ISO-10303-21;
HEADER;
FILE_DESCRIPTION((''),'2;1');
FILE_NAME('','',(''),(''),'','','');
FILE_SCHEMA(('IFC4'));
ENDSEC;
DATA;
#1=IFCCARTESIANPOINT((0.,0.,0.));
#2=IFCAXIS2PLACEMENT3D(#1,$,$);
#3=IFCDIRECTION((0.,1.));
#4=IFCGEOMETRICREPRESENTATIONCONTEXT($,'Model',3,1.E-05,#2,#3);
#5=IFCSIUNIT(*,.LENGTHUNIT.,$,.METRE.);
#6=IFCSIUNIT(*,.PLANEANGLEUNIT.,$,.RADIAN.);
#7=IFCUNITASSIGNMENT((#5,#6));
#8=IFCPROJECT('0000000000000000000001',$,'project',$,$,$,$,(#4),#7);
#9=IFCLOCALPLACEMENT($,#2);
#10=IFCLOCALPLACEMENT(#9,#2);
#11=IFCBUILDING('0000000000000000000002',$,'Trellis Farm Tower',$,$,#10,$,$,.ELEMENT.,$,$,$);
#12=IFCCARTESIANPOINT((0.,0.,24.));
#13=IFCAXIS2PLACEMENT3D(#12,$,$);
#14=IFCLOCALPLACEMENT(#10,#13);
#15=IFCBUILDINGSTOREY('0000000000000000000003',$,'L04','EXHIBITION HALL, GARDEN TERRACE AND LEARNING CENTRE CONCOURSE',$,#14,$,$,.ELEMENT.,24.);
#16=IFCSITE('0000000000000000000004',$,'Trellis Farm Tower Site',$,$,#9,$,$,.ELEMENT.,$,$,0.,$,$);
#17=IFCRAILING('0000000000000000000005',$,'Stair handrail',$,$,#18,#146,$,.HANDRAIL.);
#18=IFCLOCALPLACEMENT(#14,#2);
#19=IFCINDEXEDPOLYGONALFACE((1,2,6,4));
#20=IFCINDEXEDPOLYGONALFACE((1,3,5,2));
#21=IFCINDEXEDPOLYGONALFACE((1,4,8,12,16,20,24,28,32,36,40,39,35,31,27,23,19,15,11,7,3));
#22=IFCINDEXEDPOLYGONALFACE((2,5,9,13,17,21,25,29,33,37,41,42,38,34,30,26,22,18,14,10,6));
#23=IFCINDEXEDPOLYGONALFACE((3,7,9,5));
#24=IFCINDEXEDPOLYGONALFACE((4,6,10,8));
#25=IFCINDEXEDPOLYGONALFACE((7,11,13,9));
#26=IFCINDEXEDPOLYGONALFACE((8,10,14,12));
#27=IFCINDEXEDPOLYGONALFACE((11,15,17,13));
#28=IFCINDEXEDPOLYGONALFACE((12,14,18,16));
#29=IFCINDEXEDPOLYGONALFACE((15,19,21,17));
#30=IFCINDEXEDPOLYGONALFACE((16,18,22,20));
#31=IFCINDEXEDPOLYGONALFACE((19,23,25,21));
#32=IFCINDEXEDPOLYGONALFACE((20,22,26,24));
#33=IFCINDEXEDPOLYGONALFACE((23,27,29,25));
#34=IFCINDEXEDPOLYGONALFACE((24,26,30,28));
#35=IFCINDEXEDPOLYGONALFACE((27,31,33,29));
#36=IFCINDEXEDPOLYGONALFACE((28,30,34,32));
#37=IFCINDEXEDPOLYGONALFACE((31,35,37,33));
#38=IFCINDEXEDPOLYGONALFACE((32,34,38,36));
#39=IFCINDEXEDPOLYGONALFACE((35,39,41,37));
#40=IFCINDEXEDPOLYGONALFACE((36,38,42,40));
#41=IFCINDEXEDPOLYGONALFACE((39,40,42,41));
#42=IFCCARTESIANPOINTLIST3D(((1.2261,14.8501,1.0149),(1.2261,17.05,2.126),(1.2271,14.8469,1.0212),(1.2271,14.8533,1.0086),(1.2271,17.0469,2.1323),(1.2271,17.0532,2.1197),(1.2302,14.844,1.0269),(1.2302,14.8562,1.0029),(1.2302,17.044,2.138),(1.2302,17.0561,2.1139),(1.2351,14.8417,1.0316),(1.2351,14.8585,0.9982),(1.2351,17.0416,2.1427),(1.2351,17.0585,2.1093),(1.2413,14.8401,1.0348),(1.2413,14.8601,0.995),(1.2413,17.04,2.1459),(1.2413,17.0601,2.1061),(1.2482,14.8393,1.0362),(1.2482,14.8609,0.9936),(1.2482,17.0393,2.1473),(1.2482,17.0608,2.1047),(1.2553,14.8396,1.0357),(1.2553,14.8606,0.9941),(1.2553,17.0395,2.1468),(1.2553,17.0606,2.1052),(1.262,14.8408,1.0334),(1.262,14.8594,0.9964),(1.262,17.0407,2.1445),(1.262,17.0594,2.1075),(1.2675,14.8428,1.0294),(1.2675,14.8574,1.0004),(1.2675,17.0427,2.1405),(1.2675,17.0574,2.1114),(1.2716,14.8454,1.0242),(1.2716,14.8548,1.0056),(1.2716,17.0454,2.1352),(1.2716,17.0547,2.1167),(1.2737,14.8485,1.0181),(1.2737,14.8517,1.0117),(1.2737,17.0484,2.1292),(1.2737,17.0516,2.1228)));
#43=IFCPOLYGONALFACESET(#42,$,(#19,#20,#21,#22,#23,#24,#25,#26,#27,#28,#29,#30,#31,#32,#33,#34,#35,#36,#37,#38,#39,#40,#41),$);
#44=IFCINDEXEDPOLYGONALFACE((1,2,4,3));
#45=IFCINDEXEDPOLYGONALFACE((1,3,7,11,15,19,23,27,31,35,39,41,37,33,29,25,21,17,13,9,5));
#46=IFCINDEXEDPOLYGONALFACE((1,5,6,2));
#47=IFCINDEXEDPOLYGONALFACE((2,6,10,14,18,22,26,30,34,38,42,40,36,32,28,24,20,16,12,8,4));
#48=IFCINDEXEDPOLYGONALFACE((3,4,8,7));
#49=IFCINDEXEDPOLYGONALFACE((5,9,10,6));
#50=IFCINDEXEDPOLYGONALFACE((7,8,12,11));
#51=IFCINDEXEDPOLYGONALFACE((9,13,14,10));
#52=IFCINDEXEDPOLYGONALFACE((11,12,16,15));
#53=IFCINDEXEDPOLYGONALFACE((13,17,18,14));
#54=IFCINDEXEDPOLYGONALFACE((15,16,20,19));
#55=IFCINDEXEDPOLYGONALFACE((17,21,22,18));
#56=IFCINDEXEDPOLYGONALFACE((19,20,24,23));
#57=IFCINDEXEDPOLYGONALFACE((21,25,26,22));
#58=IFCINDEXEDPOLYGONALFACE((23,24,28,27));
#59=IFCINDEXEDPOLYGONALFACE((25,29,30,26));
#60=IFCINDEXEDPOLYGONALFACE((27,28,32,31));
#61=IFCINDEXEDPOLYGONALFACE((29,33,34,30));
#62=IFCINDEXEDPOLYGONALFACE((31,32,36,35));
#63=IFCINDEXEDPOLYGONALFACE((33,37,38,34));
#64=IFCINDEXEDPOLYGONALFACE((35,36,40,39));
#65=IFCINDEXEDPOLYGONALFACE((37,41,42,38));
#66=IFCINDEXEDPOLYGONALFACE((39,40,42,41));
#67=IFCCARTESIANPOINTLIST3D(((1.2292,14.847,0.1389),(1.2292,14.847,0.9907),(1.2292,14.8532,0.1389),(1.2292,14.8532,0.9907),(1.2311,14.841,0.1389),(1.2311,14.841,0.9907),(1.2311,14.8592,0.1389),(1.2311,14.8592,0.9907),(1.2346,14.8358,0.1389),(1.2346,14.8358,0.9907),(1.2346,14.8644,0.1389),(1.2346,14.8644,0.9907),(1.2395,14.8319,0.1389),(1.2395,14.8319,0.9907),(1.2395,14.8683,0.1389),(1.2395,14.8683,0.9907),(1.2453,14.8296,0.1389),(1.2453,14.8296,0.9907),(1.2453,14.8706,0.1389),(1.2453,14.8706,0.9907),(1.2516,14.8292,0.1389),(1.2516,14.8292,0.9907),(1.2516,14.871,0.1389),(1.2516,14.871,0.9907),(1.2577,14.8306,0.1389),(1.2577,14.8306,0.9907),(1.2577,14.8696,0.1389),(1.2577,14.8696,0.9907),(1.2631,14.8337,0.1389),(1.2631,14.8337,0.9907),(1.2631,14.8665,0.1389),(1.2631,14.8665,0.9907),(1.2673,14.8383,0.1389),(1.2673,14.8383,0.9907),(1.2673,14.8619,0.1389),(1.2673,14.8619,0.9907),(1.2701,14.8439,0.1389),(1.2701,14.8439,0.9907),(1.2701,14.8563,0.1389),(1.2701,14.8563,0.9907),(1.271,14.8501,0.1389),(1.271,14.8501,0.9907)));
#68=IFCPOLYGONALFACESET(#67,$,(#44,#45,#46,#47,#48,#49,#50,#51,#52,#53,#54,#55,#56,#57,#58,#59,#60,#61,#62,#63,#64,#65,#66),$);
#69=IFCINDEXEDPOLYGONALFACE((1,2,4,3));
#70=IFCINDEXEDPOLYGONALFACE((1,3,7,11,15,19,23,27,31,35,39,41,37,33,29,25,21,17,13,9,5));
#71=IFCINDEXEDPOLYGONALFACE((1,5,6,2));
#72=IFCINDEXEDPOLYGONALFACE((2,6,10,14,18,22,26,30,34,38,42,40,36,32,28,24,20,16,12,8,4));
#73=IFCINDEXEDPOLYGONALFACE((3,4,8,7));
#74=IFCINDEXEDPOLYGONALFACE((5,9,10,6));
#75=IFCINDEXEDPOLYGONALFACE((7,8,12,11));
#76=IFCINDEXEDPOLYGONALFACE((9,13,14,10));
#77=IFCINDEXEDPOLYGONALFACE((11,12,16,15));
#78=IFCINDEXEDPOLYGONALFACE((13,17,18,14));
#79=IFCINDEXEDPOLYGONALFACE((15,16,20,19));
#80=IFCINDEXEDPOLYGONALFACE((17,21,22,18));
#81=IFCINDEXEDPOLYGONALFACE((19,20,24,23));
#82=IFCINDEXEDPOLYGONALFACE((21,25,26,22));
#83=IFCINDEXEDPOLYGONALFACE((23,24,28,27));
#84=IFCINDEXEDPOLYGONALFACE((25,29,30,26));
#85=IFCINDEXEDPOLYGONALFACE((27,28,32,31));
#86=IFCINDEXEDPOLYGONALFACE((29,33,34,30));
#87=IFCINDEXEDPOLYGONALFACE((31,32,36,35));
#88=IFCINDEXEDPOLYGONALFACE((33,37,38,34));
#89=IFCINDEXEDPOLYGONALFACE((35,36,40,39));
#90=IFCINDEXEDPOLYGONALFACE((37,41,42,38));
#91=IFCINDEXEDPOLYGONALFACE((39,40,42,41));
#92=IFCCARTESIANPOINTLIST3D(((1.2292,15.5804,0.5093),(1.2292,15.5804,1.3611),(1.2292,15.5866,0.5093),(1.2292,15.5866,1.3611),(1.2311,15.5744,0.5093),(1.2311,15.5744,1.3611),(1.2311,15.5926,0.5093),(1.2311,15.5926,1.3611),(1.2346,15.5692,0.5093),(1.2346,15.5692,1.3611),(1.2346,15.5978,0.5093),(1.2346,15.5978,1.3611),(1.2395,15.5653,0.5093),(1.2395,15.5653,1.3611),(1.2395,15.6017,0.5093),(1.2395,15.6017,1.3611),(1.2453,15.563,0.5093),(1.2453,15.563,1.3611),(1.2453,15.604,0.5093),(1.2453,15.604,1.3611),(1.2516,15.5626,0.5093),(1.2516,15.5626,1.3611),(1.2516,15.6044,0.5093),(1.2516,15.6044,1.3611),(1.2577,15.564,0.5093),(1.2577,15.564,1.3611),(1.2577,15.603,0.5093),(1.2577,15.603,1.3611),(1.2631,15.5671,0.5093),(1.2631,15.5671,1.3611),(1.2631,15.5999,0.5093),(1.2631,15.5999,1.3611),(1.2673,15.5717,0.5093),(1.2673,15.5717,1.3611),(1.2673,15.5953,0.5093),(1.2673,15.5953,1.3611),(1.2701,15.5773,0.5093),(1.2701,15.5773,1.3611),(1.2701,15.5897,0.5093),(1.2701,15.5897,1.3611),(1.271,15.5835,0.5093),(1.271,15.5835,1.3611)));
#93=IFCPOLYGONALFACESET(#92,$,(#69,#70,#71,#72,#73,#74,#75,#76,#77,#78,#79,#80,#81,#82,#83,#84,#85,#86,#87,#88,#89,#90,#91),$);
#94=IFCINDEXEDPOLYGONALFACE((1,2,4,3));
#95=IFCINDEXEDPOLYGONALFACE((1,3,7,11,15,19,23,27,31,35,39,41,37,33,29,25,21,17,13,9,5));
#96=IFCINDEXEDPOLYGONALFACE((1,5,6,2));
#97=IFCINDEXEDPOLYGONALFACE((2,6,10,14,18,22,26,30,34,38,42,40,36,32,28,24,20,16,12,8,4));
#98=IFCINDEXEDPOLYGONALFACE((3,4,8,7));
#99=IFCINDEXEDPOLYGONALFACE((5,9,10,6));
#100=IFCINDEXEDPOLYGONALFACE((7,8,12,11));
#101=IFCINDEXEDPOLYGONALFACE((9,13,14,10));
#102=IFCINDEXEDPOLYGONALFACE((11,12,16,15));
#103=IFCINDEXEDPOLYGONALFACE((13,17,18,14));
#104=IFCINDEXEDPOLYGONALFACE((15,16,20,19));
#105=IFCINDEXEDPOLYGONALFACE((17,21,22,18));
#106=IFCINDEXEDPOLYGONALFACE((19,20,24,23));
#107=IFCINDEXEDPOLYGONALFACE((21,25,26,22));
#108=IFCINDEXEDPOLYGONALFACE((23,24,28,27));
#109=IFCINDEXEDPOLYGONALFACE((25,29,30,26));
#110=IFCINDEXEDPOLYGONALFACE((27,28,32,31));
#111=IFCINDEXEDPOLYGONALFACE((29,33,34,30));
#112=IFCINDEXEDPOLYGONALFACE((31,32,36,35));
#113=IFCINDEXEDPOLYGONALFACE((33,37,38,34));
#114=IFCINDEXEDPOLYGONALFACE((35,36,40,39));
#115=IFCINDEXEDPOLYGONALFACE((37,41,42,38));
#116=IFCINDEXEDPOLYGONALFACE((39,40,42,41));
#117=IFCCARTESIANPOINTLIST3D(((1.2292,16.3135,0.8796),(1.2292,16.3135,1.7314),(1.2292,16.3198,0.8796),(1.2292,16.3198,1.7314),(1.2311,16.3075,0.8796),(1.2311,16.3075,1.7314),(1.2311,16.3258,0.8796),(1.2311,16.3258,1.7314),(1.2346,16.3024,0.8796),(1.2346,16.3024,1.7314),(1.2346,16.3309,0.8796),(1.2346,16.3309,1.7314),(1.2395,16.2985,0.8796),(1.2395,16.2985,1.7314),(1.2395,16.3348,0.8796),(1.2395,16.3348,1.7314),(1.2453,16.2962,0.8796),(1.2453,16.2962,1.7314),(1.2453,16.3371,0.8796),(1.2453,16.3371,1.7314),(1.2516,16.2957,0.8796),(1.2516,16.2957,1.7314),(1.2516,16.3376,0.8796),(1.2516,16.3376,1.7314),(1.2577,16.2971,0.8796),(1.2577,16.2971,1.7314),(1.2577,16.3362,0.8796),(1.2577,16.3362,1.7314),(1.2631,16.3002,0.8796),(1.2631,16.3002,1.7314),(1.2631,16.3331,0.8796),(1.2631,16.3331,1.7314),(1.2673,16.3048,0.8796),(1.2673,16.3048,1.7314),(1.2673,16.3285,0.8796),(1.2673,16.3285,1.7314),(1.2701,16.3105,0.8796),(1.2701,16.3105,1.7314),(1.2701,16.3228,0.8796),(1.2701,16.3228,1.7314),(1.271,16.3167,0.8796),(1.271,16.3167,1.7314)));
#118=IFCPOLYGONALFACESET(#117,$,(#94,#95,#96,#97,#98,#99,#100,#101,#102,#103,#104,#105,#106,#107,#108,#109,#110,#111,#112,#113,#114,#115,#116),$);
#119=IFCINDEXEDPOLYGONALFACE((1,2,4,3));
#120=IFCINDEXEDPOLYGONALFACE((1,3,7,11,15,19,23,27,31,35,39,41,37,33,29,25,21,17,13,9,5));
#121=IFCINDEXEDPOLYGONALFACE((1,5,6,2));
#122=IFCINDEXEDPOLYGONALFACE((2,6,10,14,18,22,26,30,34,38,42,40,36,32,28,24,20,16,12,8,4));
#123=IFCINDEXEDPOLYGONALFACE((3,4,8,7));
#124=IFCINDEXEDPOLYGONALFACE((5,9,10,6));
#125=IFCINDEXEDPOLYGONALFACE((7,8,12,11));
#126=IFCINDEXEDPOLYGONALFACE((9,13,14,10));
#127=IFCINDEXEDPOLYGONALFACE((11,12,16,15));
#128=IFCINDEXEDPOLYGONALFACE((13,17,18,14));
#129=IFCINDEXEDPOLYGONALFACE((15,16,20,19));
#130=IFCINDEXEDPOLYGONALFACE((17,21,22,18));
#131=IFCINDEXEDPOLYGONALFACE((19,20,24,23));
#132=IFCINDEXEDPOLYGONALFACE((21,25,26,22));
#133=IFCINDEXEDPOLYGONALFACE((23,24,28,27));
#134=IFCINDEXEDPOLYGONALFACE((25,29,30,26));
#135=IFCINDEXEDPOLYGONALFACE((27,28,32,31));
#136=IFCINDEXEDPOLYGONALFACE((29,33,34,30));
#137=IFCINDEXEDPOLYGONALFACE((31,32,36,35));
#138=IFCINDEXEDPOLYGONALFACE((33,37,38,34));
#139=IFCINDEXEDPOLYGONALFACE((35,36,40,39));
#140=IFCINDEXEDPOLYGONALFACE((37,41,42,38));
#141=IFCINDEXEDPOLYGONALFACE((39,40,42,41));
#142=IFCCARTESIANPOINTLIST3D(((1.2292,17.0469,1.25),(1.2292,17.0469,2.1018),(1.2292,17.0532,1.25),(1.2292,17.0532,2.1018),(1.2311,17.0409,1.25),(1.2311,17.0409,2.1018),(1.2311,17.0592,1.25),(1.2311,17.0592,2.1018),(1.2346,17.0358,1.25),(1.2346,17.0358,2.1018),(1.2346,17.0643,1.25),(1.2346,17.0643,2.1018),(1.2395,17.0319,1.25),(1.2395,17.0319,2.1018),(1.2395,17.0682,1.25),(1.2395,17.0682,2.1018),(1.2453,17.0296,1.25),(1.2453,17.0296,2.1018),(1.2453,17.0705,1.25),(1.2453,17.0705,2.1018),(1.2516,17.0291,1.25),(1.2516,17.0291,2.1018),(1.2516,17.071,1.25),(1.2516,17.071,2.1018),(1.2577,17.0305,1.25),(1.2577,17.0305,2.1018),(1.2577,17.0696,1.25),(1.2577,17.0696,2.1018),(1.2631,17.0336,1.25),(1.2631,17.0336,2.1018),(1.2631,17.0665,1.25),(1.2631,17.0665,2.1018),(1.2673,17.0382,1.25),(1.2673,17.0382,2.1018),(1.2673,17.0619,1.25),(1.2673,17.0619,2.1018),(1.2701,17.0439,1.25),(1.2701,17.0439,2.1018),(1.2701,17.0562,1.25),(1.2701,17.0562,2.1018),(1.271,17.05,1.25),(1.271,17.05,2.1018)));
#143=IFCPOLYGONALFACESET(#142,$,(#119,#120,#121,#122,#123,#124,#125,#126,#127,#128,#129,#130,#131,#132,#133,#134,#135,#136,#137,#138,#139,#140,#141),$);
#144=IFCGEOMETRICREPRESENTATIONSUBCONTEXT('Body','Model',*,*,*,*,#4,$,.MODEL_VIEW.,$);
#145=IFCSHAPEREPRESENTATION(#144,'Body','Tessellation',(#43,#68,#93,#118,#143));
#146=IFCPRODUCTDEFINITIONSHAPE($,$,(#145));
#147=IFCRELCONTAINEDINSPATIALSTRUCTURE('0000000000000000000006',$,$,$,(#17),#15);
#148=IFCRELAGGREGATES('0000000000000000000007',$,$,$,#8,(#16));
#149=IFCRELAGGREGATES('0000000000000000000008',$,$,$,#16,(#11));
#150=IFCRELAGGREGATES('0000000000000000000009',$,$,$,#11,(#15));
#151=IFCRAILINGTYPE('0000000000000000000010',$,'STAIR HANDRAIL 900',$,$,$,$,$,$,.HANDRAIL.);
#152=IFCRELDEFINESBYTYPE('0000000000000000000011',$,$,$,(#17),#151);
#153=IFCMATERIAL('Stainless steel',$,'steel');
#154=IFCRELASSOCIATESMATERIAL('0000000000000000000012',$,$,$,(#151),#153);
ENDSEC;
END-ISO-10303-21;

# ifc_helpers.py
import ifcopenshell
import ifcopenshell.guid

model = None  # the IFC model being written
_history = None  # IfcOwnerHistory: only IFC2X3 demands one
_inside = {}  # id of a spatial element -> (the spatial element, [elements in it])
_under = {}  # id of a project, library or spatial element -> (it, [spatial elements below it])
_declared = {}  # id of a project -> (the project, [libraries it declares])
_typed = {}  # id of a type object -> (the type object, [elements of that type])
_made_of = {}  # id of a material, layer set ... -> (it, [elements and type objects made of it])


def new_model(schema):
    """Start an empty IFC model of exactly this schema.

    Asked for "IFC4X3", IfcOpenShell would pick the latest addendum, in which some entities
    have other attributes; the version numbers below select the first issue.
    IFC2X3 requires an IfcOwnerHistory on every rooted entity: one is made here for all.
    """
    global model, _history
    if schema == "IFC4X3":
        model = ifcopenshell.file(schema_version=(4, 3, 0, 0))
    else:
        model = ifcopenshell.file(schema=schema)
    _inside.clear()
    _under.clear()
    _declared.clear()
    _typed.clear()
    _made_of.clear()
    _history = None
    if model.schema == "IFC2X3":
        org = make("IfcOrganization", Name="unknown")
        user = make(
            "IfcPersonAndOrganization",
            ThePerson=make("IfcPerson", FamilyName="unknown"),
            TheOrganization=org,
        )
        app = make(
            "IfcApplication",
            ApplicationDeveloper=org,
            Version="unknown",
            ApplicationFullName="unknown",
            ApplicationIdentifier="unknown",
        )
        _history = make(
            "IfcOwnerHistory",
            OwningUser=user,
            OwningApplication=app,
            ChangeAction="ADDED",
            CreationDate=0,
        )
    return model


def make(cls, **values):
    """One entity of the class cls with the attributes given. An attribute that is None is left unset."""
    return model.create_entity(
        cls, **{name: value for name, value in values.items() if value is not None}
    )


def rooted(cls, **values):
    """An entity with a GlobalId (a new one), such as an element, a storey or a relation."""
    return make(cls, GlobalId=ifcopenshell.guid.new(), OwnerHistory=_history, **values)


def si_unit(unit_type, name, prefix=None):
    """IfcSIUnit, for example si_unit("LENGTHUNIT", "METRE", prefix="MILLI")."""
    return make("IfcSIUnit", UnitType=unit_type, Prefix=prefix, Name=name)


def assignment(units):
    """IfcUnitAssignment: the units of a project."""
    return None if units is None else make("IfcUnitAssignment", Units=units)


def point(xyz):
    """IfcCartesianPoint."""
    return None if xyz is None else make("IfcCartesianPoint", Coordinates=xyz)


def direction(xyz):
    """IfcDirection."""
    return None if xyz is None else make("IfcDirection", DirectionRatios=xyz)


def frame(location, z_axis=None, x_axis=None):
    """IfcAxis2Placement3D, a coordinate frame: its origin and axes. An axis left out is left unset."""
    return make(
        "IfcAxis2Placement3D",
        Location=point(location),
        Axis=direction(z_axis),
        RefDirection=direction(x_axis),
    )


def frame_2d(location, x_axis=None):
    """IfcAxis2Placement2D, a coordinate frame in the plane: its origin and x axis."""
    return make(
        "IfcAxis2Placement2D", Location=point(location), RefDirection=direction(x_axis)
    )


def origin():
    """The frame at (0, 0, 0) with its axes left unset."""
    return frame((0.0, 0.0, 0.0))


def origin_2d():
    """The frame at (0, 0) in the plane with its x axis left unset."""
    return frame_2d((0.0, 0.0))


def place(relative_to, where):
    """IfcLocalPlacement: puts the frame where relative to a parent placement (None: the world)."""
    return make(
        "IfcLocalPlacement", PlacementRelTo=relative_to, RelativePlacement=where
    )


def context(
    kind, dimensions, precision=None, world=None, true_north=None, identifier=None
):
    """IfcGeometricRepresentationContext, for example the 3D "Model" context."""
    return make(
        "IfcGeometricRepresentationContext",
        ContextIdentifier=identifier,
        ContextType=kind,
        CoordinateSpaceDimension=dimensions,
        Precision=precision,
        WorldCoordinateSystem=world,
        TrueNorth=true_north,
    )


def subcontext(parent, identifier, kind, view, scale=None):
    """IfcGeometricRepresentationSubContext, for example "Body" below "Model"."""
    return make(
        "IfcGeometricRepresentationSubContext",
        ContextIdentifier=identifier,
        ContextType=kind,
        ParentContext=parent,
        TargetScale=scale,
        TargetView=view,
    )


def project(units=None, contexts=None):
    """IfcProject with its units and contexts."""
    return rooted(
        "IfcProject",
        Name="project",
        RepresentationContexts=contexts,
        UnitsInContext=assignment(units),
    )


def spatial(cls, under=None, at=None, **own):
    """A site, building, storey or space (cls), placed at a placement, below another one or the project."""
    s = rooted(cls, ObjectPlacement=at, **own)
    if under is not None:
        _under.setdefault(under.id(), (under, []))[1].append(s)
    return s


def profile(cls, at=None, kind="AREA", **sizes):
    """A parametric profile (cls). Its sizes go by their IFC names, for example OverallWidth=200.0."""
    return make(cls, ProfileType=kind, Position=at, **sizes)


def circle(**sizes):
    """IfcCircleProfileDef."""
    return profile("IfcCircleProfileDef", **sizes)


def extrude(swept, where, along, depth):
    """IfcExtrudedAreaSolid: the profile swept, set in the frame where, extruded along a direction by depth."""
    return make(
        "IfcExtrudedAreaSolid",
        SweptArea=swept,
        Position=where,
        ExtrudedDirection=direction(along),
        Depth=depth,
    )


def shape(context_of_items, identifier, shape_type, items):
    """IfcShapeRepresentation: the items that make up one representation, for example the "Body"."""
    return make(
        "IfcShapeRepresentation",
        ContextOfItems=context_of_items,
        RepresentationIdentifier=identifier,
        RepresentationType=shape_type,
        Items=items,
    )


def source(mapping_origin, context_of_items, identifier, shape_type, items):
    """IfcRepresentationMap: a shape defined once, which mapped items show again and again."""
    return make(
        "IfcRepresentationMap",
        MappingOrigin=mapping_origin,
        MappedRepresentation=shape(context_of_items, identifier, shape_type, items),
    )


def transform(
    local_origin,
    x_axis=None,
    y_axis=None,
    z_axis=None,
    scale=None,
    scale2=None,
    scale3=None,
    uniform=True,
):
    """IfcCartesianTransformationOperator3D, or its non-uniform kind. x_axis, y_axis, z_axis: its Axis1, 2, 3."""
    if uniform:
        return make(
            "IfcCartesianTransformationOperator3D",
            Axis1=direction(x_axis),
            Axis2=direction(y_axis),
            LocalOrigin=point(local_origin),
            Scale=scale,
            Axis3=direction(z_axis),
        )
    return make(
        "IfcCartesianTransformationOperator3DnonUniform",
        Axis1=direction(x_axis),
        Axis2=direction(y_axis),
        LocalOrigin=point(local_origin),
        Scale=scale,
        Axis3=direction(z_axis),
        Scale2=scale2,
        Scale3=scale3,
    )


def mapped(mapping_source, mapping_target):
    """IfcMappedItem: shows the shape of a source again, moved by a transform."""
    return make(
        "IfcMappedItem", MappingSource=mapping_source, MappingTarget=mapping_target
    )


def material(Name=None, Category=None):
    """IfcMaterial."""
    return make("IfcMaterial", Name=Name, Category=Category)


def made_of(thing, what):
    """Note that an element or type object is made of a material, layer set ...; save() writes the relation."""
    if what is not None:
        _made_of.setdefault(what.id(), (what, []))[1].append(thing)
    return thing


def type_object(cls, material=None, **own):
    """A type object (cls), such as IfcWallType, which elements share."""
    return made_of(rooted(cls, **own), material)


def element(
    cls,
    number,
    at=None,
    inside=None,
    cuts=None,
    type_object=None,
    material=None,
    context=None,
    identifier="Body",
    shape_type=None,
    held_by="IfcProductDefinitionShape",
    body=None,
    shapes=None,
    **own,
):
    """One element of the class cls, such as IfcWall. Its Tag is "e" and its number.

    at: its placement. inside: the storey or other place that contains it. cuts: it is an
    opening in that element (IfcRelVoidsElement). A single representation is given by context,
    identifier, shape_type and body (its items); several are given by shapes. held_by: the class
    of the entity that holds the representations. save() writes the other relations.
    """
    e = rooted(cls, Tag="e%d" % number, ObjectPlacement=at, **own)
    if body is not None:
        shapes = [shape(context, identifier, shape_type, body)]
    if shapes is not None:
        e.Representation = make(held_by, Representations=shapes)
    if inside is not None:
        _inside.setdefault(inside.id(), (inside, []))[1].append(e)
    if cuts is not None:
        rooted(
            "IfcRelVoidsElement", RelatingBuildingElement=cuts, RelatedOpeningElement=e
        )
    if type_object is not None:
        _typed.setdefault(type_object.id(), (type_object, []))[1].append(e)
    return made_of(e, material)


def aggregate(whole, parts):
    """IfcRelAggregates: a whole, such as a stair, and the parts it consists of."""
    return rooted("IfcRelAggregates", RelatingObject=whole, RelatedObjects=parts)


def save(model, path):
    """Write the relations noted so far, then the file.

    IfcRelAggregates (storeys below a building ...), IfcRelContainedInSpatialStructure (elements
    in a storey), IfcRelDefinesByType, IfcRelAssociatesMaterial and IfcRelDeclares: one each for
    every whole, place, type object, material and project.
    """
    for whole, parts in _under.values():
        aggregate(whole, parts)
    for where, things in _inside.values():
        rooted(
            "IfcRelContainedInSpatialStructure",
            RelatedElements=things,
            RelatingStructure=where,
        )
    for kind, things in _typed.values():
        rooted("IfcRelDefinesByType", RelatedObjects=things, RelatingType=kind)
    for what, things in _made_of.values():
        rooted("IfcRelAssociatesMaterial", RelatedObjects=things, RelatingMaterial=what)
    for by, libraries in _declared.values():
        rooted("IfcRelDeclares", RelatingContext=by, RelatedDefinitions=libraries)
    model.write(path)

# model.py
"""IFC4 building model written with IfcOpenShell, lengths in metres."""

from ifc_helpers import new_model, si_unit, direction, frame, origin, origin_2d, place, context, subcontext, project, spatial, circle, extrude, source, transform, mapped, material, type_object, element, save


model = new_model("IFC4")

# Units and contexts
model_context = context("Model", 3, precision=1e-05, world=origin(), true_north=direction((0.0, 1.0)))
body_context = subcontext(model_context, "Body", "Model", "MODEL_VIEW")
ifc_project = project(units=[si_unit("LENGTHUNIT", "METRE"), si_unit("PLANEANGLEUNIT", "RADIAN")], contexts=[model_context])

# Site, building, storey
site_placement = place(None, origin())
site = spatial("IfcSite", under=ifc_project, at=site_placement, Name="Trellis Farm Tower Site", CompositionType="ELEMENT", RefElevation=0.0)
building_placement = place(site_placement, origin())
building = spatial("IfcBuilding", under=site, at=building_placement, Name="Trellis Farm Tower", CompositionType="ELEMENT")
storey_placement = place(building_placement, frame((0.0, 0.0, 24.0)))
storey = spatial("IfcBuildingStorey", under=building, at=storey_placement, Name="L04", Description="EXHIBITION HALL, GARDEN TERRACE AND LEARNING CENTRE CONCOURSE", CompositionType="ELEMENT", Elevation=24.0)

# Railing
ifc_material_1 = material(Name="Stainless steel", Category="steel")
railing_type = type_object("IfcRailingType", Name="STAIR HANDRAIL 900", PredefinedType="HANDRAIL", material=ifc_material_1)
shared_shape_1 = source(origin(), body_context, "Body", "SweptSolid", [
    extrude(circle(Radius=0.0239, at=origin_2d()), frame((0.0, 0.0, 0.876), z_axis=(0.0, 0.892617, 0.450816), x_axis=(-1.0, 0.0, 0.0)), (0.0, 0.0, 1.0), 2.4646),
    extrude(circle(Radius=0.021, at=origin_2d()), origin(), (0.0, 0.0, 1.0), 0.8518),
    extrude(circle(Radius=0.021, at=origin_2d()), frame((0.0, 0.7334, 0.3704)), (0.0, 0.0, 1.0), 0.8518),
    extrude(circle(Radius=0.021, at=origin_2d()), frame((0.0, 1.4666, 0.7407)), (0.0, 0.0, 1.0), 0.8518),
    extrude(circle(Radius=0.021, at=origin_2d()), frame((0.0, 2.2, 1.1111)), (0.0, 0.0, 1.0), 0.8518),
])
for number, where, name in (
    (1, (1.25, 14.8501, 0.1389), "Stair handrail"),
):
    element("IfcRailing", number, at=place(storey_placement, frame(where)), inside=storey, type_object=railing_type, Name=name, PredefinedType="HANDRAIL", context=body_context, shape_type="MappedRepresentation", body=[
        mapped(shared_shape_1, transform((0.0, 0.0, 0.0))),
    ])

save(model, "model.ifc")
